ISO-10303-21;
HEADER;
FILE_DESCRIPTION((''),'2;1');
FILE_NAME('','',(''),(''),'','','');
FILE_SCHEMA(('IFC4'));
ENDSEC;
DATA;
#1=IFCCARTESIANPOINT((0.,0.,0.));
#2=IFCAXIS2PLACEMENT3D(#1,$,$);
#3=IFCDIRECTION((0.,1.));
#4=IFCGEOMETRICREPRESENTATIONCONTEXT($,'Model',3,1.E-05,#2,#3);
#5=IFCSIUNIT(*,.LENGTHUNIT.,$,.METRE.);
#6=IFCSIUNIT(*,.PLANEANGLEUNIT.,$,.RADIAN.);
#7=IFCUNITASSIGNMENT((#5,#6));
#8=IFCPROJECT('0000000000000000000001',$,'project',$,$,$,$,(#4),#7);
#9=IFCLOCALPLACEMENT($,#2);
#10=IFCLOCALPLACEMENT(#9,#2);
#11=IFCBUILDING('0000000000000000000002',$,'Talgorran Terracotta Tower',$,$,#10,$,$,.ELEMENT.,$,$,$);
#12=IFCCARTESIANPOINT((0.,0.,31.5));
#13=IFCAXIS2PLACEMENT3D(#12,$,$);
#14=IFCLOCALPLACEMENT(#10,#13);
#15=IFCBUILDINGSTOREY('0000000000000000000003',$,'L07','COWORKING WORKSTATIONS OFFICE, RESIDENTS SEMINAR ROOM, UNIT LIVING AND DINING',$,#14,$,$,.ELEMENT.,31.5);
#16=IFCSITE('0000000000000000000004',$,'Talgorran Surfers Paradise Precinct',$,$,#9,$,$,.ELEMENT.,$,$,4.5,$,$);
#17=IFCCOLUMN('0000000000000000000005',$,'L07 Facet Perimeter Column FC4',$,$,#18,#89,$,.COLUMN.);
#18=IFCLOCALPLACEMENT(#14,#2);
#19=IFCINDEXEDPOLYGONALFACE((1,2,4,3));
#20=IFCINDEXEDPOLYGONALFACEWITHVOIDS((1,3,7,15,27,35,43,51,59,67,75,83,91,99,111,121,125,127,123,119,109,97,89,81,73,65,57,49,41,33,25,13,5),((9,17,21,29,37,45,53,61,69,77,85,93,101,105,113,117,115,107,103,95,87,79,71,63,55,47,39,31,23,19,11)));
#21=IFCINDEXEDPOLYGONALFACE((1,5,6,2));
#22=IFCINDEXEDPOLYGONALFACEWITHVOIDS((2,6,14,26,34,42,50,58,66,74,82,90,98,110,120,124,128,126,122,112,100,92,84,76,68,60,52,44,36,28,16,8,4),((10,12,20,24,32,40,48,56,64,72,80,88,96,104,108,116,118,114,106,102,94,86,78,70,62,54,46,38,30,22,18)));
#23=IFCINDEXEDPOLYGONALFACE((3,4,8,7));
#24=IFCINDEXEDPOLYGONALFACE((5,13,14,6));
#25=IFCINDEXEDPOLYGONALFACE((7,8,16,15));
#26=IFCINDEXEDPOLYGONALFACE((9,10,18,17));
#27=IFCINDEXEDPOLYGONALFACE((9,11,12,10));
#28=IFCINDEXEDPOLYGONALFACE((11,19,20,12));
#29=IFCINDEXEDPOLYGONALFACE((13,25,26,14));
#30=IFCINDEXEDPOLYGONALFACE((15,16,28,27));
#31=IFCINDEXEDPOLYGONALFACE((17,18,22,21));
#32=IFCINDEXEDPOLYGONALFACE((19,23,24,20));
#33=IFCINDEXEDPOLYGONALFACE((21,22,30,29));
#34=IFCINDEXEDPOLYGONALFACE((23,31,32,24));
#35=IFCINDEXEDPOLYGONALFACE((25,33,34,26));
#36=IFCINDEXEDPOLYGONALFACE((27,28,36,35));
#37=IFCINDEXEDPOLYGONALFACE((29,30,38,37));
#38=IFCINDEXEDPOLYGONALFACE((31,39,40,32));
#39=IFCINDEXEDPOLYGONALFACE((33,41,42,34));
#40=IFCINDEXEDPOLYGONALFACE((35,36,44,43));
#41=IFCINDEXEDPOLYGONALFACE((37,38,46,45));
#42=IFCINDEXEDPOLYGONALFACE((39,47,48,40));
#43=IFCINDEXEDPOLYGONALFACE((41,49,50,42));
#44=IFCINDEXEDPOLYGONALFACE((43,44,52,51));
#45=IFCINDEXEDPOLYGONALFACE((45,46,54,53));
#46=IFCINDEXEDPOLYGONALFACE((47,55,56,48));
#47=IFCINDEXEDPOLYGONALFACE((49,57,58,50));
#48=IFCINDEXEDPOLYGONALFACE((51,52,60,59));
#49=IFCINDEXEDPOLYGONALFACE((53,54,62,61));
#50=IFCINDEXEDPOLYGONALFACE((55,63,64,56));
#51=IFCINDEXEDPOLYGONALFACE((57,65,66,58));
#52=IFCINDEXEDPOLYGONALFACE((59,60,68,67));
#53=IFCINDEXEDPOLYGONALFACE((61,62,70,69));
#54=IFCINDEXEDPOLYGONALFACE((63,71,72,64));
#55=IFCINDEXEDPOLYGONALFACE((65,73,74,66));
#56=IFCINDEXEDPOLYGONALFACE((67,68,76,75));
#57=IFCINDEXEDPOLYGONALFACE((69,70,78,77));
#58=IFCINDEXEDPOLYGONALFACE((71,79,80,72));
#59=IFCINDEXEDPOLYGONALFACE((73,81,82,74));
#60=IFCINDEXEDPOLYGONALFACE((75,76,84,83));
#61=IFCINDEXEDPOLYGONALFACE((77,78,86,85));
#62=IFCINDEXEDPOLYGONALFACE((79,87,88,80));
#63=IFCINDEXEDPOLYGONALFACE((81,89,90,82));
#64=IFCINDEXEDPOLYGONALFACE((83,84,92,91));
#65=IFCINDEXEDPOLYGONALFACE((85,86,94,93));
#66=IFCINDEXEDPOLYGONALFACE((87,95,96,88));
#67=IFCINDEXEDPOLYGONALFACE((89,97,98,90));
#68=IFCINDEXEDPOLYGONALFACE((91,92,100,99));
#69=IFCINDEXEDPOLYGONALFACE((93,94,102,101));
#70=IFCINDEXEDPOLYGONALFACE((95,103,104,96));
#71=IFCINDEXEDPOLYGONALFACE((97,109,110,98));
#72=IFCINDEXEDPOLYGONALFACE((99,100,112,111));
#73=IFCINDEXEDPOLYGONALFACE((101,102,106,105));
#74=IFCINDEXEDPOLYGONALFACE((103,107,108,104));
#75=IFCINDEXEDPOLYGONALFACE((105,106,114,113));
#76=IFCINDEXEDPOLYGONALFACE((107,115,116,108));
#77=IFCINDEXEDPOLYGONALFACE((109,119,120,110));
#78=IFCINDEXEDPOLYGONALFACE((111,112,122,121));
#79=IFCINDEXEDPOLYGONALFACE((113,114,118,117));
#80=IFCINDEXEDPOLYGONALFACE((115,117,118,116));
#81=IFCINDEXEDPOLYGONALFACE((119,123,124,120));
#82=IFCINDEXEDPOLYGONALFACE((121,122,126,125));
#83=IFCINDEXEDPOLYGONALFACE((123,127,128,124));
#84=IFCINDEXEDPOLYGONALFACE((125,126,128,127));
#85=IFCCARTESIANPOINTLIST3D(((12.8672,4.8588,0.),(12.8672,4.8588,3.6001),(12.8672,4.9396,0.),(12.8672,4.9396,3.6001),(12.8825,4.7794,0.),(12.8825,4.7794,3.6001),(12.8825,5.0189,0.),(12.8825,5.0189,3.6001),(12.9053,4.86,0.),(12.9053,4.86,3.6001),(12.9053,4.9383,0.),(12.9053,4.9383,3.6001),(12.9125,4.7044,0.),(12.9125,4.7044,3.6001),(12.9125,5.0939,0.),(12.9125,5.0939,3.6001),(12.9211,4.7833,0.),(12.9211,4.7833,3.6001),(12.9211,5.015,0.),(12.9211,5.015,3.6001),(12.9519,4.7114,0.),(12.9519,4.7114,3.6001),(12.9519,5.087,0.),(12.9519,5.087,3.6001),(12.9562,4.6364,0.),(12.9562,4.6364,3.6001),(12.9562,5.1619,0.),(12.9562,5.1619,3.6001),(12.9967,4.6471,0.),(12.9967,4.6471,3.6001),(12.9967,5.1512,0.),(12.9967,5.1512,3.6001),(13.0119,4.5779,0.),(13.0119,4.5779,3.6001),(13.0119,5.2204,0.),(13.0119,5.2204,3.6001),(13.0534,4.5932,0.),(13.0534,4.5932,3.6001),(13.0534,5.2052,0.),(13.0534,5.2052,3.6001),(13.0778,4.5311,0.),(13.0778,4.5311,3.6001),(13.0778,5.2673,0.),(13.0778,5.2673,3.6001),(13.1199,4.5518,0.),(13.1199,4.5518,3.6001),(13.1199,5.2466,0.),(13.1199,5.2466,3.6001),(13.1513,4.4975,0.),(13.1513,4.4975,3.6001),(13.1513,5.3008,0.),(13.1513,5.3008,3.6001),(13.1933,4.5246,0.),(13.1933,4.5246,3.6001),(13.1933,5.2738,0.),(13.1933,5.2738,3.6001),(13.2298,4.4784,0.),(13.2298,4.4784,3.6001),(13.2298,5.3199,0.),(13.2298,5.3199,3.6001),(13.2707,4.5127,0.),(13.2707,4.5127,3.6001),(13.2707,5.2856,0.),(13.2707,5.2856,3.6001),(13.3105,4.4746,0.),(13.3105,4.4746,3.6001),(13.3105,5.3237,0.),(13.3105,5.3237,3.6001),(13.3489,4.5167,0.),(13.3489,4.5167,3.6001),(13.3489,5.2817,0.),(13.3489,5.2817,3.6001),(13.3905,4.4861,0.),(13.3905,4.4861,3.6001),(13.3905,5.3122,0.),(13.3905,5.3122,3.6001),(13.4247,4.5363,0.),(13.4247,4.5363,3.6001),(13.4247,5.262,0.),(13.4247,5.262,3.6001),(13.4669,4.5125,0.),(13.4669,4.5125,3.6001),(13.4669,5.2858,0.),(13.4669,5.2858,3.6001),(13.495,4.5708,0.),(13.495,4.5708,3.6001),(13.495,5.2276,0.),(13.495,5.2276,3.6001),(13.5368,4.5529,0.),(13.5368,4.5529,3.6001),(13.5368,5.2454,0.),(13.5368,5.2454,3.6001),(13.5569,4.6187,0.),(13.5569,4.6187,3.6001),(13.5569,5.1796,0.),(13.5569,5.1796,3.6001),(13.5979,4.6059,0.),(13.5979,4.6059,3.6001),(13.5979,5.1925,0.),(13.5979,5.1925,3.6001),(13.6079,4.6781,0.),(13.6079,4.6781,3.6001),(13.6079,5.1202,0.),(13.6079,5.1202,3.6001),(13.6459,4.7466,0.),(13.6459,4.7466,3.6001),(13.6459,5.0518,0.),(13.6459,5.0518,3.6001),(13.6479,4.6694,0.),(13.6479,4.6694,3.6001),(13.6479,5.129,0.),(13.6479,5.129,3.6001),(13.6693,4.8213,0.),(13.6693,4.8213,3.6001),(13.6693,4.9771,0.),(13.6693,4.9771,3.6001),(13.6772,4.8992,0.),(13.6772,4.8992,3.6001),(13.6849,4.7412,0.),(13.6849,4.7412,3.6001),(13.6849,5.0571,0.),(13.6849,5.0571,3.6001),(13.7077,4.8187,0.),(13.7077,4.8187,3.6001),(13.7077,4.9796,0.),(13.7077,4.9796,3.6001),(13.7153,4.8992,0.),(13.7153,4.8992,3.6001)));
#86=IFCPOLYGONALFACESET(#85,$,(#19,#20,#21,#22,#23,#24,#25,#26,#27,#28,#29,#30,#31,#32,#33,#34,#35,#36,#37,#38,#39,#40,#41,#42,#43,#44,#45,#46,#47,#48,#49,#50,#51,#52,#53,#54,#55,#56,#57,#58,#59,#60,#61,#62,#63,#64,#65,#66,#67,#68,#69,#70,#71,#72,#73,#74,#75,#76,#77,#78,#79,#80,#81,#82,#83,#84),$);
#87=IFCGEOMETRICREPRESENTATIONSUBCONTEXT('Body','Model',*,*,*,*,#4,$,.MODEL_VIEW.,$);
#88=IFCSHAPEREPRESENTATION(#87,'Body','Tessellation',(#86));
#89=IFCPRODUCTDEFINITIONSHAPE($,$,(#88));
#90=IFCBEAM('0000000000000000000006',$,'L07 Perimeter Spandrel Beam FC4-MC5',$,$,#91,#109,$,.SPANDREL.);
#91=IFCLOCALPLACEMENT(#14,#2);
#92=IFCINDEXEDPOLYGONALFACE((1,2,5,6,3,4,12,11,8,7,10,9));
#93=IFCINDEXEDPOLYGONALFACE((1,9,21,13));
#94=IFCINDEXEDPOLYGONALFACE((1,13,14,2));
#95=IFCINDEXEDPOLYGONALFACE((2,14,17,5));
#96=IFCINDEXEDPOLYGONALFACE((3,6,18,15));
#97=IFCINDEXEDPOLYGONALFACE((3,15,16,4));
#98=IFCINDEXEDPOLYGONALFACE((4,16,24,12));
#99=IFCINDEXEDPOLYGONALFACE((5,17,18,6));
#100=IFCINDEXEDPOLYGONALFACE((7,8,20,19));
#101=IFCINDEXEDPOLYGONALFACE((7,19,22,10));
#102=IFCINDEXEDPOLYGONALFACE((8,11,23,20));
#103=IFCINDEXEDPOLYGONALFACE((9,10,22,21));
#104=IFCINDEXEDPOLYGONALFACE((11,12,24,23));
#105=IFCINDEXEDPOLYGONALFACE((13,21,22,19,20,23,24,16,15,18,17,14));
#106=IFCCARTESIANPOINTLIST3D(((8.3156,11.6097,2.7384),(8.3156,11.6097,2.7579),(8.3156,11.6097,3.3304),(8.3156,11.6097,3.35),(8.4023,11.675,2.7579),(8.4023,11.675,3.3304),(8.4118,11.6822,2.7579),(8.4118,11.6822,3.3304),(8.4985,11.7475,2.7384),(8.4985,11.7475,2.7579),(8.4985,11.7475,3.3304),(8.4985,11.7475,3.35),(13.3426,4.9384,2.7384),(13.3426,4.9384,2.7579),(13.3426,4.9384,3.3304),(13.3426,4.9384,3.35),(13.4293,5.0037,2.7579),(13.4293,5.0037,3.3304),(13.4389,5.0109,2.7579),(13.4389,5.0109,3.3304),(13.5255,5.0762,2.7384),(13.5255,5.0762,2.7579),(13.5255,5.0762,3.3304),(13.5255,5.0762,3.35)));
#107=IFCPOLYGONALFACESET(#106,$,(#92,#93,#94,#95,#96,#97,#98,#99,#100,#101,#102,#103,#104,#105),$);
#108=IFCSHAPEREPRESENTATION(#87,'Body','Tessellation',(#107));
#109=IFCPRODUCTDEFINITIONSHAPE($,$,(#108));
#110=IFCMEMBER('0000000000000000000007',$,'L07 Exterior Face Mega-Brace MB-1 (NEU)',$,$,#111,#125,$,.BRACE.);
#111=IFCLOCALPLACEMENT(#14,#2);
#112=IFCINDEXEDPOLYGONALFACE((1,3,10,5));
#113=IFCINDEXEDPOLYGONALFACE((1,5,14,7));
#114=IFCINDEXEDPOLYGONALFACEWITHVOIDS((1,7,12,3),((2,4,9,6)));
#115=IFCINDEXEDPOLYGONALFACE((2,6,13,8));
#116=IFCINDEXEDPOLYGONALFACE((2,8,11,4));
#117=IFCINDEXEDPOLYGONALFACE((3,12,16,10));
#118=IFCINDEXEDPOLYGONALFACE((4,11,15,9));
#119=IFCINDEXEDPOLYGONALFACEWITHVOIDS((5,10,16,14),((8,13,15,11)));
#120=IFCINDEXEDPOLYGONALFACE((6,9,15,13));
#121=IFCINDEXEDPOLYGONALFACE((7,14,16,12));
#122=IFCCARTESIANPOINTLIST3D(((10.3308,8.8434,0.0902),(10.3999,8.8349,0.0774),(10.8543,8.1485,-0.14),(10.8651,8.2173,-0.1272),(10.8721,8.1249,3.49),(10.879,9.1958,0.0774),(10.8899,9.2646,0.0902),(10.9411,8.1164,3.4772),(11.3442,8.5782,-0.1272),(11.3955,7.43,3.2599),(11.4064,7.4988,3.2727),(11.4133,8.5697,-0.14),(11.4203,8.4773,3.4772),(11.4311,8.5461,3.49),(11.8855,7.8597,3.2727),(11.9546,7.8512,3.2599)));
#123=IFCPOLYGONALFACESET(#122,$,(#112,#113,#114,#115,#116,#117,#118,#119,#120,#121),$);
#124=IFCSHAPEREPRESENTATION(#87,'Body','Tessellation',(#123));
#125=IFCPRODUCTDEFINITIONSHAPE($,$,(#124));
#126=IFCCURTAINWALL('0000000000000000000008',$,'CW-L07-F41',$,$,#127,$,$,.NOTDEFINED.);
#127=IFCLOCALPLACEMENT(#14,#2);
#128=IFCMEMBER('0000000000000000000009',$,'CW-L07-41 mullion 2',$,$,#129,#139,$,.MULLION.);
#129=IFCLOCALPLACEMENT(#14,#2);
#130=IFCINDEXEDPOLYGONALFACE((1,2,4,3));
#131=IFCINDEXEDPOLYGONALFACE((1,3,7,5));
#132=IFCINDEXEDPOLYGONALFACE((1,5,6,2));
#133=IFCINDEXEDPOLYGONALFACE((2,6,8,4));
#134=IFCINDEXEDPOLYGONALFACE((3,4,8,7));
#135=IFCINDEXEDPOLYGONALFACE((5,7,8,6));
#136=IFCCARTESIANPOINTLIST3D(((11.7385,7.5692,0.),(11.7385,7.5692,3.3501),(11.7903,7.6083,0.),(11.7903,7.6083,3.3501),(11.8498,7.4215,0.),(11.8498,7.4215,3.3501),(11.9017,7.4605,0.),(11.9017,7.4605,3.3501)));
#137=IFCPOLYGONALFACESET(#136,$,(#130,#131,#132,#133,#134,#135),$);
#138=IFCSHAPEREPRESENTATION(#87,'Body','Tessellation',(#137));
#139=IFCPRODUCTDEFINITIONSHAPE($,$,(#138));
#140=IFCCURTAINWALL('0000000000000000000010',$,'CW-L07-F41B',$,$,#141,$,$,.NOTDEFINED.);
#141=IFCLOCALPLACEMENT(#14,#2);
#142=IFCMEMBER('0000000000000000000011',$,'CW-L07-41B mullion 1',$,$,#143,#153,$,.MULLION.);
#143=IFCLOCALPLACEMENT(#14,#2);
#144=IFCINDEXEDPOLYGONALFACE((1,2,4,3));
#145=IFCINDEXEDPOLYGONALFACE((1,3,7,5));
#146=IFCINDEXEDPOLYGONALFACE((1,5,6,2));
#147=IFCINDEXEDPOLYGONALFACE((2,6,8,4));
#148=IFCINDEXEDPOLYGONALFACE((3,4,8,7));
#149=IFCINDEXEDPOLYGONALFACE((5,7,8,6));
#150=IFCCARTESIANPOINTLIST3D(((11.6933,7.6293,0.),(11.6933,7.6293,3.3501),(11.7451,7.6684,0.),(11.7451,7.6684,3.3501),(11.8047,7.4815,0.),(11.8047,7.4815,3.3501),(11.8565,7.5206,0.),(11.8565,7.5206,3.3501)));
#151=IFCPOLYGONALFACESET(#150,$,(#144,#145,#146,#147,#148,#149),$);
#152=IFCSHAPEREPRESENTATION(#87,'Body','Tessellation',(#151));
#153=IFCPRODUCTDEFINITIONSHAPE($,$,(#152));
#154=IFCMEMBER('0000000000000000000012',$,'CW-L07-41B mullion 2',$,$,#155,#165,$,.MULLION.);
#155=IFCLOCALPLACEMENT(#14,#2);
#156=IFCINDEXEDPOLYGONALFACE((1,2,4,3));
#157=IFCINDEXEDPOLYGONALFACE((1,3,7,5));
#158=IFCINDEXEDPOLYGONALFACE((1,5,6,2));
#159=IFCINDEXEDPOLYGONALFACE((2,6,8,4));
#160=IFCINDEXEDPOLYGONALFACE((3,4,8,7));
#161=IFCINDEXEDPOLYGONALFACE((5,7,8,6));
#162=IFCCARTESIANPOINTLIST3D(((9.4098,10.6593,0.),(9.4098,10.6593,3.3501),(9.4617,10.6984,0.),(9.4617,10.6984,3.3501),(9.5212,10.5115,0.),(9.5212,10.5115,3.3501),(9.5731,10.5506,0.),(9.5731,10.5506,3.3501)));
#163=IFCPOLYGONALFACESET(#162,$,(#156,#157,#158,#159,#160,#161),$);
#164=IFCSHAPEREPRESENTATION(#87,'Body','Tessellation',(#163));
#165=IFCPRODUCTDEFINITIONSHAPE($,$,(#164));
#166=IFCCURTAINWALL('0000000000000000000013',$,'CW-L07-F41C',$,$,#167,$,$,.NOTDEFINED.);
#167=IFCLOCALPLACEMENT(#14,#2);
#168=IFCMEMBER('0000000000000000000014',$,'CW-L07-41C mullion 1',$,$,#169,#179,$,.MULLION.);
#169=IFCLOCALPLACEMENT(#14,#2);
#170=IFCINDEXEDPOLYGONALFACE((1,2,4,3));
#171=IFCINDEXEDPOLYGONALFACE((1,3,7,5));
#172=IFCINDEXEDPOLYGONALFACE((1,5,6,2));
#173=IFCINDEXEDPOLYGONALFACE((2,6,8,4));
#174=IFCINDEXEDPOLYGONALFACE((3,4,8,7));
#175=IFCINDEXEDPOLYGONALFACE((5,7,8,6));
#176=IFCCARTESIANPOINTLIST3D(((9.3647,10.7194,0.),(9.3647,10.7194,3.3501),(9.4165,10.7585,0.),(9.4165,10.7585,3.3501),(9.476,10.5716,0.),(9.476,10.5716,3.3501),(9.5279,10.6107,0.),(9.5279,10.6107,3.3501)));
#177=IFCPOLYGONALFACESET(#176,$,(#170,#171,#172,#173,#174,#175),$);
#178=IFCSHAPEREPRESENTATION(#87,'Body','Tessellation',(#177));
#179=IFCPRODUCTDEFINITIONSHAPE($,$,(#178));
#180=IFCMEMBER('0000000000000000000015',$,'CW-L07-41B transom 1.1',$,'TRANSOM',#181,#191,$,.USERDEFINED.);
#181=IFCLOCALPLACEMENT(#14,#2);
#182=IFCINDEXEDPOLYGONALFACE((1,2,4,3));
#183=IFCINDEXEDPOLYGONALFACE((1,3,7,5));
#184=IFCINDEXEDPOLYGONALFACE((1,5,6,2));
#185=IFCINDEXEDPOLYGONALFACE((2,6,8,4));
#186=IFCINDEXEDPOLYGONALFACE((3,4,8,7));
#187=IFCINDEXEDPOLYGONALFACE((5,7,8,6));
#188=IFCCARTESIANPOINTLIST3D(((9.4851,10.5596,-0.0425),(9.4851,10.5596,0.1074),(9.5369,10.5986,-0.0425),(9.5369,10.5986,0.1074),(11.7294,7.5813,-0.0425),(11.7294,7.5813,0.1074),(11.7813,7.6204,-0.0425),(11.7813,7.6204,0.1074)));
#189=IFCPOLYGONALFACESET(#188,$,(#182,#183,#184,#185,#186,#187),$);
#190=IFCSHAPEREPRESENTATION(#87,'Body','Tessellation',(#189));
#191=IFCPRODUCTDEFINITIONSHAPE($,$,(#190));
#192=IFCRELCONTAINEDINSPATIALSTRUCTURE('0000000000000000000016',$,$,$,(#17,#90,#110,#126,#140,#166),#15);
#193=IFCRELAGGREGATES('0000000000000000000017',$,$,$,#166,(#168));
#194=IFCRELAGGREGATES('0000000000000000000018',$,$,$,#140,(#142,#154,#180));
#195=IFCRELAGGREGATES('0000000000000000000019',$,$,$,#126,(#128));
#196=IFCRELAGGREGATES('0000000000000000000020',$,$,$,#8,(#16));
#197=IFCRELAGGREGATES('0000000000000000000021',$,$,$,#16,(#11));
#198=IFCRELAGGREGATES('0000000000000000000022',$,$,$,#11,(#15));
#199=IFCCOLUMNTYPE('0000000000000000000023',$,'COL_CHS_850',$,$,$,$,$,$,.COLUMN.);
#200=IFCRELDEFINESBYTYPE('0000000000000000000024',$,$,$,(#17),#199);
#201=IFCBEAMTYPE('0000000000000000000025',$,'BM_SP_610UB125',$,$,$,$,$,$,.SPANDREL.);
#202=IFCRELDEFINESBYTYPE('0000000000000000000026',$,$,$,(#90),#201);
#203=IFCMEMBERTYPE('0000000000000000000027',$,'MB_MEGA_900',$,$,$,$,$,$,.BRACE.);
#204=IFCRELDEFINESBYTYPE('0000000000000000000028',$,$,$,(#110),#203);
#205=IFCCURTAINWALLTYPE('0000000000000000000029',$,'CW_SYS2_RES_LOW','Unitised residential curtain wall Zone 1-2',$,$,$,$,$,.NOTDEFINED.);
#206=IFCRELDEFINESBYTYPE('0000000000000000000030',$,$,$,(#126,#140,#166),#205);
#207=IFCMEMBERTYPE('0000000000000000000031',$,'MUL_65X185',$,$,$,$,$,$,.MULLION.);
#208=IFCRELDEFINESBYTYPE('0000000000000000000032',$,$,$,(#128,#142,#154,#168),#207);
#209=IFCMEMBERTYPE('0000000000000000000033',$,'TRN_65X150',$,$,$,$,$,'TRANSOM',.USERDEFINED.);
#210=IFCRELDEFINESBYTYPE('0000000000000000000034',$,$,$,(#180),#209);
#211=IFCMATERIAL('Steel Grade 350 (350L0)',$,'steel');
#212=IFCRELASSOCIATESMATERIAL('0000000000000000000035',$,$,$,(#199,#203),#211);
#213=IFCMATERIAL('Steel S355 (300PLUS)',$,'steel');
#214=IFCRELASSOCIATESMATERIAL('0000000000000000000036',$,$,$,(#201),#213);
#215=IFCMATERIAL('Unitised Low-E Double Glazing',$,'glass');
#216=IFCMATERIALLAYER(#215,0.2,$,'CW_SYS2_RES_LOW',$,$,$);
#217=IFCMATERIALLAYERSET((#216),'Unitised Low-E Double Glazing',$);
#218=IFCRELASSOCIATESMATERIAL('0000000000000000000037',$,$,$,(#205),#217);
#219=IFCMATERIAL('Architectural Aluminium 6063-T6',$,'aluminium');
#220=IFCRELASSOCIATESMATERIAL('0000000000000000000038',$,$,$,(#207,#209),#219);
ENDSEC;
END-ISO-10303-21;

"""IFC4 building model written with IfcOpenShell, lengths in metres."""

from ifc_helpers import new_model, si_unit, direction, frame, origin, origin_2d, place, context, subcontext, project, spatial, rectangle, hollow_rectangle, hollow_circle, i_section, extrude, material, layer, layer_set, material_profile, profile_set, type_object, element, aggregate, save


model = new_model("IFC4")

# Units and contexts
model_context = context("Model", 3, precision=1e-05, world=origin(), true_north=direction((0.0, 1.0)))
body_context = subcontext(model_context, "Body", "Model", "MODEL_VIEW")
ifc_project = project(units=[si_unit("LENGTHUNIT", "METRE"), si_unit("PLANEANGLEUNIT", "RADIAN")], contexts=[model_context])

# Site, building, storey
site_placement = place(None, origin())
site = spatial("IfcSite", under=ifc_project, at=site_placement, Name="Talgorran Surfers Paradise Precinct", CompositionType="ELEMENT", RefElevation=4.5)
building_placement = place(site_placement, origin())
building = spatial("IfcBuilding", under=site, at=building_placement, Name="Talgorran Terracotta Tower", CompositionType="ELEMENT")
storey_placement = place(building_placement, frame((0.0, 0.0, 31.5)))
storey = spatial("IfcBuildingStorey", under=building, at=storey_placement, Name="L07", Description="COWORKING WORKSTATIONS OFFICE, RESIDENTS SEMINAR ROOM, UNIT LIVING AND DINING", CompositionType="ELEMENT", Elevation=31.5)

# Column
ifc_material_1 = material(Name="Steel Grade 350 (350L0)", Category="steel")
ifc_material_profile_1 = material_profile(ifc_material_1, hollow_circle(Radius=0.425, WallThickness=0.0381, at=origin_2d()), Name="CHS850X38")
ifc_profile_set_1 = profile_set([ifc_material_profile_1], Name="Steel Grade 350 (350L0)")
column_type = type_object("IfcColumnType", Name="COL_CHS_850", PredefinedType="COLUMN", material=ifc_profile_set_1)
column_placement = place(storey_placement, frame((13.2903, 4.8992, 0.0), z_axis=(0.0, 0.0, 1.0), x_axis=(1.0, 0.0, 0.0)))
element("IfcColumn", 1, at=column_placement, inside=storey, type_object=column_type, Name="L07 Facet Perimeter Column FC4", PredefinedType="COLUMN", context=body_context, shape_type="SweptSolid", body=[
    extrude(hollow_circle(Radius=0.425, WallThickness=0.0381, at=origin_2d()), origin(), (0.0, 0.0, 1.0), 3.6001),
])

# Beam
ifc_material_2 = material(Name="Steel S355 (300PLUS)", Category="steel")
ifc_material_profile_2 = material_profile(ifc_material_2, i_section(OverallWidth=0.229, OverallDepth=0.6116, WebThickness=0.012, FlangeThickness=0.0195, at=origin_2d()), Name="610UB125")
ifc_profile_set_2 = profile_set([ifc_material_profile_2], Name="Steel S355 (300PLUS)")
beam_type = type_object("IfcBeamType", Name="BM_SP_610UB125", PredefinedType="SPANDREL", material=ifc_profile_set_2)
beam_placement = place(storey_placement, frame((13.4341, 5.0073, 3.0442), z_axis=(-0.601804, 0.798644, 0.0), x_axis=(-0.798644, -0.601804, 0.0)))
element("IfcBeam", 2, at=beam_placement, inside=storey, type_object=beam_type, Name="L07 Perimeter Spandrel Beam FC4-MC5", PredefinedType="SPANDREL", context=body_context, shape_type="SweptSolid", body=[
    extrude(i_section(OverallWidth=0.229, OverallDepth=0.6116, WebThickness=0.012, FlangeThickness=0.0195, at=origin_2d()), origin(), (0.0, 0.0, 1.0), 8.3533),
])

# Member
ifc_material_profile_3 = material_profile(ifc_material_1, hollow_rectangle(XDim=0.7, YDim=0.8999, WallThickness=0.05, at=origin_2d()), Name="WBOX900X700X50")
ifc_profile_set_3 = profile_set([ifc_material_profile_3], Name="Steel Grade 350 (350L0)")
member_type_1 = type_object("IfcMemberType", Name="MB_MEGA_900", PredefinedType="BRACE", material=ifc_profile_set_3)
member_1_placement = place(storey_placement, frame((10.8721, 8.7065, -0.0249), z_axis=(0.153903, -0.204301, 0.966734), x_axis=(0.798728, 0.601692, 0.0)))
element("IfcMember", 3, at=member_1_placement, inside=storey, type_object=member_type_1, Name="L07 Exterior Face Mega-Brace MB-1 (NEU)", PredefinedType="BRACE", context=body_context, shape_type="SweptSolid", body=[
    extrude(hollow_rectangle(XDim=0.7, YDim=0.8999, WallThickness=0.05, at=origin_2d()), origin(), (0.0, 0.0, 1.0), 3.5168),
])

# Curtain wall, member
ifc_material_3 = material(Name="Unitised Low-E Double Glazing", Category="glass")
ifc_layer_1 = layer(ifc_material_3, 0.2, Name="CW_SYS2_RES_LOW")
ifc_layer_set_1 = layer_set([ifc_layer_1], Name="Unitised Low-E Double Glazing")
curtain_wall_type = type_object("IfcCurtainWallType", Name="CW_SYS2_RES_LOW", Description="Unitised residential curtain wall Zone 1-2", PredefinedType="NOTDEFINED", material=ifc_layer_set_1)
curtain_wall_1_placement = place(storey_placement, origin())
curtain_wall_1 = element("IfcCurtainWall", 4, at=curtain_wall_1_placement, inside=storey, type_object=curtain_wall_type, Name="CW-L07-F41", PredefinedType="NOTDEFINED")
ifc_material_4 = material(Name="Architectural Aluminium 6063-T6", Category="aluminium")
ifc_material_profile_4 = material_profile(ifc_material_4, rectangle(XDim=0.0649, YDim=0.1851, at=origin_2d()), Name="CWM65X185")
ifc_profile_set_4 = profile_set([ifc_material_profile_4], Name="Architectural Aluminium 6063-T6")
member_type_2 = type_object("IfcMemberType", Name="MUL_65X185", PredefinedType="MULLION", material=ifc_profile_set_4)
member_2_placement = place(storey_placement, frame((11.8201, 7.5149, 0.0), z_axis=(0.0, 0.0, 1.0), x_axis=(-0.79864, -0.601809, 0.0)))
member_2 = element("IfcMember", 5, at=member_2_placement, type_object=member_type_2, Name="CW-L07-41 mullion 2", PredefinedType="MULLION", context=body_context, shape_type="SweptSolid", body=[
    extrude(rectangle(XDim=0.0649, YDim=0.1851, at=origin_2d()), origin(), (0.0, 0.0, 1.0), 3.3501),
])

# Curtain wall, members
curtain_wall_2_placement = place(storey_placement, origin())
curtain_wall_2 = element("IfcCurtainWall", 6, at=curtain_wall_2_placement, inside=storey, type_object=curtain_wall_type, Name="CW-L07-F41B", PredefinedType="NOTDEFINED")
member_3_placement = place(storey_placement, frame((11.7749, 7.575, 0.0), z_axis=(0.0, 0.0, 1.0), x_axis=(-0.798627, -0.601827, 0.0)))
member_3 = element("IfcMember", 7, at=member_3_placement, type_object=member_type_2, Name="CW-L07-41B mullion 1", PredefinedType="MULLION", context=body_context, shape_type="SweptSolid", body=[
    extrude(rectangle(XDim=0.0649, YDim=0.1851, at=origin_2d()), origin(), (0.0, 0.0, 1.0), 3.3501),
])
member_4_placement = place(storey_placement, frame((9.4915, 10.605, 0.0), z_axis=(0.0, 0.0, 1.0), x_axis=(-0.798627, -0.601827, 0.0)))
member_4 = element("IfcMember", 8, at=member_4_placement, type_object=member_type_2, Name="CW-L07-41B mullion 2", PredefinedType="MULLION", context=body_context, shape_type="SweptSolid", body=[
    extrude(rectangle(XDim=0.0649, YDim=0.1851, at=origin_2d()), origin(), (0.0, 0.0, 1.0), 3.3501),
])

# Curtain wall, member
curtain_wall_3_placement = place(storey_placement, origin())
curtain_wall_3 = element("IfcCurtainWall", 9, at=curtain_wall_3_placement, inside=storey, type_object=curtain_wall_type, Name="CW-L07-F41C", PredefinedType="NOTDEFINED")
member_5_placement = place(storey_placement, frame((9.4463, 10.665, 0.0), z_axis=(0.0, 0.0, 1.0), x_axis=(-0.798648, -0.601798, 0.0)))
member_5 = element("IfcMember", 10, at=member_5_placement, type_object=member_type_2, Name="CW-L07-41C mullion 1", PredefinedType="MULLION", context=body_context, shape_type="SweptSolid", body=[
    extrude(rectangle(XDim=0.0649, YDim=0.1851, at=origin_2d()), origin(), (0.0, 0.0, 1.0), 3.3501),
])

# Member
ifc_material_profile_5 = material_profile(ifc_material_4, rectangle(XDim=0.0649, YDim=0.1499, at=origin_2d()), Name="CWT65X150")
ifc_profile_set_5 = profile_set([ifc_material_profile_5], Name="Architectural Aluminium 6063-T6")
member_type_3 = type_object("IfcMemberType", Name="TRN_65X150", ElementType="TRANSOM", PredefinedType="USERDEFINED", material=ifc_profile_set_5)
member_6_placement = place(storey_placement, frame((11.7554, 7.6008, 0.0325), z_axis=(-0.601831, 0.798623, 0.0), x_axis=(-0.798623, -0.601831, 0.0)))
member_6 = element("IfcMember", 11, at=member_6_placement, type_object=member_type_3, Name="CW-L07-41B transom 1.1", ObjectType="TRANSOM", PredefinedType="USERDEFINED", context=body_context, shape_type="SweptSolid", body=[
    extrude(rectangle(XDim=0.0649, YDim=0.1499, at=origin_2d()), origin(), (0.0, 0.0, 1.0), 3.7292),
])
aggregate(curtain_wall_3, [member_5])

aggregate(curtain_wall_2, [member_3, member_4, member_6])
aggregate(curtain_wall_1, [member_2])

save(model, "model.ifc")
